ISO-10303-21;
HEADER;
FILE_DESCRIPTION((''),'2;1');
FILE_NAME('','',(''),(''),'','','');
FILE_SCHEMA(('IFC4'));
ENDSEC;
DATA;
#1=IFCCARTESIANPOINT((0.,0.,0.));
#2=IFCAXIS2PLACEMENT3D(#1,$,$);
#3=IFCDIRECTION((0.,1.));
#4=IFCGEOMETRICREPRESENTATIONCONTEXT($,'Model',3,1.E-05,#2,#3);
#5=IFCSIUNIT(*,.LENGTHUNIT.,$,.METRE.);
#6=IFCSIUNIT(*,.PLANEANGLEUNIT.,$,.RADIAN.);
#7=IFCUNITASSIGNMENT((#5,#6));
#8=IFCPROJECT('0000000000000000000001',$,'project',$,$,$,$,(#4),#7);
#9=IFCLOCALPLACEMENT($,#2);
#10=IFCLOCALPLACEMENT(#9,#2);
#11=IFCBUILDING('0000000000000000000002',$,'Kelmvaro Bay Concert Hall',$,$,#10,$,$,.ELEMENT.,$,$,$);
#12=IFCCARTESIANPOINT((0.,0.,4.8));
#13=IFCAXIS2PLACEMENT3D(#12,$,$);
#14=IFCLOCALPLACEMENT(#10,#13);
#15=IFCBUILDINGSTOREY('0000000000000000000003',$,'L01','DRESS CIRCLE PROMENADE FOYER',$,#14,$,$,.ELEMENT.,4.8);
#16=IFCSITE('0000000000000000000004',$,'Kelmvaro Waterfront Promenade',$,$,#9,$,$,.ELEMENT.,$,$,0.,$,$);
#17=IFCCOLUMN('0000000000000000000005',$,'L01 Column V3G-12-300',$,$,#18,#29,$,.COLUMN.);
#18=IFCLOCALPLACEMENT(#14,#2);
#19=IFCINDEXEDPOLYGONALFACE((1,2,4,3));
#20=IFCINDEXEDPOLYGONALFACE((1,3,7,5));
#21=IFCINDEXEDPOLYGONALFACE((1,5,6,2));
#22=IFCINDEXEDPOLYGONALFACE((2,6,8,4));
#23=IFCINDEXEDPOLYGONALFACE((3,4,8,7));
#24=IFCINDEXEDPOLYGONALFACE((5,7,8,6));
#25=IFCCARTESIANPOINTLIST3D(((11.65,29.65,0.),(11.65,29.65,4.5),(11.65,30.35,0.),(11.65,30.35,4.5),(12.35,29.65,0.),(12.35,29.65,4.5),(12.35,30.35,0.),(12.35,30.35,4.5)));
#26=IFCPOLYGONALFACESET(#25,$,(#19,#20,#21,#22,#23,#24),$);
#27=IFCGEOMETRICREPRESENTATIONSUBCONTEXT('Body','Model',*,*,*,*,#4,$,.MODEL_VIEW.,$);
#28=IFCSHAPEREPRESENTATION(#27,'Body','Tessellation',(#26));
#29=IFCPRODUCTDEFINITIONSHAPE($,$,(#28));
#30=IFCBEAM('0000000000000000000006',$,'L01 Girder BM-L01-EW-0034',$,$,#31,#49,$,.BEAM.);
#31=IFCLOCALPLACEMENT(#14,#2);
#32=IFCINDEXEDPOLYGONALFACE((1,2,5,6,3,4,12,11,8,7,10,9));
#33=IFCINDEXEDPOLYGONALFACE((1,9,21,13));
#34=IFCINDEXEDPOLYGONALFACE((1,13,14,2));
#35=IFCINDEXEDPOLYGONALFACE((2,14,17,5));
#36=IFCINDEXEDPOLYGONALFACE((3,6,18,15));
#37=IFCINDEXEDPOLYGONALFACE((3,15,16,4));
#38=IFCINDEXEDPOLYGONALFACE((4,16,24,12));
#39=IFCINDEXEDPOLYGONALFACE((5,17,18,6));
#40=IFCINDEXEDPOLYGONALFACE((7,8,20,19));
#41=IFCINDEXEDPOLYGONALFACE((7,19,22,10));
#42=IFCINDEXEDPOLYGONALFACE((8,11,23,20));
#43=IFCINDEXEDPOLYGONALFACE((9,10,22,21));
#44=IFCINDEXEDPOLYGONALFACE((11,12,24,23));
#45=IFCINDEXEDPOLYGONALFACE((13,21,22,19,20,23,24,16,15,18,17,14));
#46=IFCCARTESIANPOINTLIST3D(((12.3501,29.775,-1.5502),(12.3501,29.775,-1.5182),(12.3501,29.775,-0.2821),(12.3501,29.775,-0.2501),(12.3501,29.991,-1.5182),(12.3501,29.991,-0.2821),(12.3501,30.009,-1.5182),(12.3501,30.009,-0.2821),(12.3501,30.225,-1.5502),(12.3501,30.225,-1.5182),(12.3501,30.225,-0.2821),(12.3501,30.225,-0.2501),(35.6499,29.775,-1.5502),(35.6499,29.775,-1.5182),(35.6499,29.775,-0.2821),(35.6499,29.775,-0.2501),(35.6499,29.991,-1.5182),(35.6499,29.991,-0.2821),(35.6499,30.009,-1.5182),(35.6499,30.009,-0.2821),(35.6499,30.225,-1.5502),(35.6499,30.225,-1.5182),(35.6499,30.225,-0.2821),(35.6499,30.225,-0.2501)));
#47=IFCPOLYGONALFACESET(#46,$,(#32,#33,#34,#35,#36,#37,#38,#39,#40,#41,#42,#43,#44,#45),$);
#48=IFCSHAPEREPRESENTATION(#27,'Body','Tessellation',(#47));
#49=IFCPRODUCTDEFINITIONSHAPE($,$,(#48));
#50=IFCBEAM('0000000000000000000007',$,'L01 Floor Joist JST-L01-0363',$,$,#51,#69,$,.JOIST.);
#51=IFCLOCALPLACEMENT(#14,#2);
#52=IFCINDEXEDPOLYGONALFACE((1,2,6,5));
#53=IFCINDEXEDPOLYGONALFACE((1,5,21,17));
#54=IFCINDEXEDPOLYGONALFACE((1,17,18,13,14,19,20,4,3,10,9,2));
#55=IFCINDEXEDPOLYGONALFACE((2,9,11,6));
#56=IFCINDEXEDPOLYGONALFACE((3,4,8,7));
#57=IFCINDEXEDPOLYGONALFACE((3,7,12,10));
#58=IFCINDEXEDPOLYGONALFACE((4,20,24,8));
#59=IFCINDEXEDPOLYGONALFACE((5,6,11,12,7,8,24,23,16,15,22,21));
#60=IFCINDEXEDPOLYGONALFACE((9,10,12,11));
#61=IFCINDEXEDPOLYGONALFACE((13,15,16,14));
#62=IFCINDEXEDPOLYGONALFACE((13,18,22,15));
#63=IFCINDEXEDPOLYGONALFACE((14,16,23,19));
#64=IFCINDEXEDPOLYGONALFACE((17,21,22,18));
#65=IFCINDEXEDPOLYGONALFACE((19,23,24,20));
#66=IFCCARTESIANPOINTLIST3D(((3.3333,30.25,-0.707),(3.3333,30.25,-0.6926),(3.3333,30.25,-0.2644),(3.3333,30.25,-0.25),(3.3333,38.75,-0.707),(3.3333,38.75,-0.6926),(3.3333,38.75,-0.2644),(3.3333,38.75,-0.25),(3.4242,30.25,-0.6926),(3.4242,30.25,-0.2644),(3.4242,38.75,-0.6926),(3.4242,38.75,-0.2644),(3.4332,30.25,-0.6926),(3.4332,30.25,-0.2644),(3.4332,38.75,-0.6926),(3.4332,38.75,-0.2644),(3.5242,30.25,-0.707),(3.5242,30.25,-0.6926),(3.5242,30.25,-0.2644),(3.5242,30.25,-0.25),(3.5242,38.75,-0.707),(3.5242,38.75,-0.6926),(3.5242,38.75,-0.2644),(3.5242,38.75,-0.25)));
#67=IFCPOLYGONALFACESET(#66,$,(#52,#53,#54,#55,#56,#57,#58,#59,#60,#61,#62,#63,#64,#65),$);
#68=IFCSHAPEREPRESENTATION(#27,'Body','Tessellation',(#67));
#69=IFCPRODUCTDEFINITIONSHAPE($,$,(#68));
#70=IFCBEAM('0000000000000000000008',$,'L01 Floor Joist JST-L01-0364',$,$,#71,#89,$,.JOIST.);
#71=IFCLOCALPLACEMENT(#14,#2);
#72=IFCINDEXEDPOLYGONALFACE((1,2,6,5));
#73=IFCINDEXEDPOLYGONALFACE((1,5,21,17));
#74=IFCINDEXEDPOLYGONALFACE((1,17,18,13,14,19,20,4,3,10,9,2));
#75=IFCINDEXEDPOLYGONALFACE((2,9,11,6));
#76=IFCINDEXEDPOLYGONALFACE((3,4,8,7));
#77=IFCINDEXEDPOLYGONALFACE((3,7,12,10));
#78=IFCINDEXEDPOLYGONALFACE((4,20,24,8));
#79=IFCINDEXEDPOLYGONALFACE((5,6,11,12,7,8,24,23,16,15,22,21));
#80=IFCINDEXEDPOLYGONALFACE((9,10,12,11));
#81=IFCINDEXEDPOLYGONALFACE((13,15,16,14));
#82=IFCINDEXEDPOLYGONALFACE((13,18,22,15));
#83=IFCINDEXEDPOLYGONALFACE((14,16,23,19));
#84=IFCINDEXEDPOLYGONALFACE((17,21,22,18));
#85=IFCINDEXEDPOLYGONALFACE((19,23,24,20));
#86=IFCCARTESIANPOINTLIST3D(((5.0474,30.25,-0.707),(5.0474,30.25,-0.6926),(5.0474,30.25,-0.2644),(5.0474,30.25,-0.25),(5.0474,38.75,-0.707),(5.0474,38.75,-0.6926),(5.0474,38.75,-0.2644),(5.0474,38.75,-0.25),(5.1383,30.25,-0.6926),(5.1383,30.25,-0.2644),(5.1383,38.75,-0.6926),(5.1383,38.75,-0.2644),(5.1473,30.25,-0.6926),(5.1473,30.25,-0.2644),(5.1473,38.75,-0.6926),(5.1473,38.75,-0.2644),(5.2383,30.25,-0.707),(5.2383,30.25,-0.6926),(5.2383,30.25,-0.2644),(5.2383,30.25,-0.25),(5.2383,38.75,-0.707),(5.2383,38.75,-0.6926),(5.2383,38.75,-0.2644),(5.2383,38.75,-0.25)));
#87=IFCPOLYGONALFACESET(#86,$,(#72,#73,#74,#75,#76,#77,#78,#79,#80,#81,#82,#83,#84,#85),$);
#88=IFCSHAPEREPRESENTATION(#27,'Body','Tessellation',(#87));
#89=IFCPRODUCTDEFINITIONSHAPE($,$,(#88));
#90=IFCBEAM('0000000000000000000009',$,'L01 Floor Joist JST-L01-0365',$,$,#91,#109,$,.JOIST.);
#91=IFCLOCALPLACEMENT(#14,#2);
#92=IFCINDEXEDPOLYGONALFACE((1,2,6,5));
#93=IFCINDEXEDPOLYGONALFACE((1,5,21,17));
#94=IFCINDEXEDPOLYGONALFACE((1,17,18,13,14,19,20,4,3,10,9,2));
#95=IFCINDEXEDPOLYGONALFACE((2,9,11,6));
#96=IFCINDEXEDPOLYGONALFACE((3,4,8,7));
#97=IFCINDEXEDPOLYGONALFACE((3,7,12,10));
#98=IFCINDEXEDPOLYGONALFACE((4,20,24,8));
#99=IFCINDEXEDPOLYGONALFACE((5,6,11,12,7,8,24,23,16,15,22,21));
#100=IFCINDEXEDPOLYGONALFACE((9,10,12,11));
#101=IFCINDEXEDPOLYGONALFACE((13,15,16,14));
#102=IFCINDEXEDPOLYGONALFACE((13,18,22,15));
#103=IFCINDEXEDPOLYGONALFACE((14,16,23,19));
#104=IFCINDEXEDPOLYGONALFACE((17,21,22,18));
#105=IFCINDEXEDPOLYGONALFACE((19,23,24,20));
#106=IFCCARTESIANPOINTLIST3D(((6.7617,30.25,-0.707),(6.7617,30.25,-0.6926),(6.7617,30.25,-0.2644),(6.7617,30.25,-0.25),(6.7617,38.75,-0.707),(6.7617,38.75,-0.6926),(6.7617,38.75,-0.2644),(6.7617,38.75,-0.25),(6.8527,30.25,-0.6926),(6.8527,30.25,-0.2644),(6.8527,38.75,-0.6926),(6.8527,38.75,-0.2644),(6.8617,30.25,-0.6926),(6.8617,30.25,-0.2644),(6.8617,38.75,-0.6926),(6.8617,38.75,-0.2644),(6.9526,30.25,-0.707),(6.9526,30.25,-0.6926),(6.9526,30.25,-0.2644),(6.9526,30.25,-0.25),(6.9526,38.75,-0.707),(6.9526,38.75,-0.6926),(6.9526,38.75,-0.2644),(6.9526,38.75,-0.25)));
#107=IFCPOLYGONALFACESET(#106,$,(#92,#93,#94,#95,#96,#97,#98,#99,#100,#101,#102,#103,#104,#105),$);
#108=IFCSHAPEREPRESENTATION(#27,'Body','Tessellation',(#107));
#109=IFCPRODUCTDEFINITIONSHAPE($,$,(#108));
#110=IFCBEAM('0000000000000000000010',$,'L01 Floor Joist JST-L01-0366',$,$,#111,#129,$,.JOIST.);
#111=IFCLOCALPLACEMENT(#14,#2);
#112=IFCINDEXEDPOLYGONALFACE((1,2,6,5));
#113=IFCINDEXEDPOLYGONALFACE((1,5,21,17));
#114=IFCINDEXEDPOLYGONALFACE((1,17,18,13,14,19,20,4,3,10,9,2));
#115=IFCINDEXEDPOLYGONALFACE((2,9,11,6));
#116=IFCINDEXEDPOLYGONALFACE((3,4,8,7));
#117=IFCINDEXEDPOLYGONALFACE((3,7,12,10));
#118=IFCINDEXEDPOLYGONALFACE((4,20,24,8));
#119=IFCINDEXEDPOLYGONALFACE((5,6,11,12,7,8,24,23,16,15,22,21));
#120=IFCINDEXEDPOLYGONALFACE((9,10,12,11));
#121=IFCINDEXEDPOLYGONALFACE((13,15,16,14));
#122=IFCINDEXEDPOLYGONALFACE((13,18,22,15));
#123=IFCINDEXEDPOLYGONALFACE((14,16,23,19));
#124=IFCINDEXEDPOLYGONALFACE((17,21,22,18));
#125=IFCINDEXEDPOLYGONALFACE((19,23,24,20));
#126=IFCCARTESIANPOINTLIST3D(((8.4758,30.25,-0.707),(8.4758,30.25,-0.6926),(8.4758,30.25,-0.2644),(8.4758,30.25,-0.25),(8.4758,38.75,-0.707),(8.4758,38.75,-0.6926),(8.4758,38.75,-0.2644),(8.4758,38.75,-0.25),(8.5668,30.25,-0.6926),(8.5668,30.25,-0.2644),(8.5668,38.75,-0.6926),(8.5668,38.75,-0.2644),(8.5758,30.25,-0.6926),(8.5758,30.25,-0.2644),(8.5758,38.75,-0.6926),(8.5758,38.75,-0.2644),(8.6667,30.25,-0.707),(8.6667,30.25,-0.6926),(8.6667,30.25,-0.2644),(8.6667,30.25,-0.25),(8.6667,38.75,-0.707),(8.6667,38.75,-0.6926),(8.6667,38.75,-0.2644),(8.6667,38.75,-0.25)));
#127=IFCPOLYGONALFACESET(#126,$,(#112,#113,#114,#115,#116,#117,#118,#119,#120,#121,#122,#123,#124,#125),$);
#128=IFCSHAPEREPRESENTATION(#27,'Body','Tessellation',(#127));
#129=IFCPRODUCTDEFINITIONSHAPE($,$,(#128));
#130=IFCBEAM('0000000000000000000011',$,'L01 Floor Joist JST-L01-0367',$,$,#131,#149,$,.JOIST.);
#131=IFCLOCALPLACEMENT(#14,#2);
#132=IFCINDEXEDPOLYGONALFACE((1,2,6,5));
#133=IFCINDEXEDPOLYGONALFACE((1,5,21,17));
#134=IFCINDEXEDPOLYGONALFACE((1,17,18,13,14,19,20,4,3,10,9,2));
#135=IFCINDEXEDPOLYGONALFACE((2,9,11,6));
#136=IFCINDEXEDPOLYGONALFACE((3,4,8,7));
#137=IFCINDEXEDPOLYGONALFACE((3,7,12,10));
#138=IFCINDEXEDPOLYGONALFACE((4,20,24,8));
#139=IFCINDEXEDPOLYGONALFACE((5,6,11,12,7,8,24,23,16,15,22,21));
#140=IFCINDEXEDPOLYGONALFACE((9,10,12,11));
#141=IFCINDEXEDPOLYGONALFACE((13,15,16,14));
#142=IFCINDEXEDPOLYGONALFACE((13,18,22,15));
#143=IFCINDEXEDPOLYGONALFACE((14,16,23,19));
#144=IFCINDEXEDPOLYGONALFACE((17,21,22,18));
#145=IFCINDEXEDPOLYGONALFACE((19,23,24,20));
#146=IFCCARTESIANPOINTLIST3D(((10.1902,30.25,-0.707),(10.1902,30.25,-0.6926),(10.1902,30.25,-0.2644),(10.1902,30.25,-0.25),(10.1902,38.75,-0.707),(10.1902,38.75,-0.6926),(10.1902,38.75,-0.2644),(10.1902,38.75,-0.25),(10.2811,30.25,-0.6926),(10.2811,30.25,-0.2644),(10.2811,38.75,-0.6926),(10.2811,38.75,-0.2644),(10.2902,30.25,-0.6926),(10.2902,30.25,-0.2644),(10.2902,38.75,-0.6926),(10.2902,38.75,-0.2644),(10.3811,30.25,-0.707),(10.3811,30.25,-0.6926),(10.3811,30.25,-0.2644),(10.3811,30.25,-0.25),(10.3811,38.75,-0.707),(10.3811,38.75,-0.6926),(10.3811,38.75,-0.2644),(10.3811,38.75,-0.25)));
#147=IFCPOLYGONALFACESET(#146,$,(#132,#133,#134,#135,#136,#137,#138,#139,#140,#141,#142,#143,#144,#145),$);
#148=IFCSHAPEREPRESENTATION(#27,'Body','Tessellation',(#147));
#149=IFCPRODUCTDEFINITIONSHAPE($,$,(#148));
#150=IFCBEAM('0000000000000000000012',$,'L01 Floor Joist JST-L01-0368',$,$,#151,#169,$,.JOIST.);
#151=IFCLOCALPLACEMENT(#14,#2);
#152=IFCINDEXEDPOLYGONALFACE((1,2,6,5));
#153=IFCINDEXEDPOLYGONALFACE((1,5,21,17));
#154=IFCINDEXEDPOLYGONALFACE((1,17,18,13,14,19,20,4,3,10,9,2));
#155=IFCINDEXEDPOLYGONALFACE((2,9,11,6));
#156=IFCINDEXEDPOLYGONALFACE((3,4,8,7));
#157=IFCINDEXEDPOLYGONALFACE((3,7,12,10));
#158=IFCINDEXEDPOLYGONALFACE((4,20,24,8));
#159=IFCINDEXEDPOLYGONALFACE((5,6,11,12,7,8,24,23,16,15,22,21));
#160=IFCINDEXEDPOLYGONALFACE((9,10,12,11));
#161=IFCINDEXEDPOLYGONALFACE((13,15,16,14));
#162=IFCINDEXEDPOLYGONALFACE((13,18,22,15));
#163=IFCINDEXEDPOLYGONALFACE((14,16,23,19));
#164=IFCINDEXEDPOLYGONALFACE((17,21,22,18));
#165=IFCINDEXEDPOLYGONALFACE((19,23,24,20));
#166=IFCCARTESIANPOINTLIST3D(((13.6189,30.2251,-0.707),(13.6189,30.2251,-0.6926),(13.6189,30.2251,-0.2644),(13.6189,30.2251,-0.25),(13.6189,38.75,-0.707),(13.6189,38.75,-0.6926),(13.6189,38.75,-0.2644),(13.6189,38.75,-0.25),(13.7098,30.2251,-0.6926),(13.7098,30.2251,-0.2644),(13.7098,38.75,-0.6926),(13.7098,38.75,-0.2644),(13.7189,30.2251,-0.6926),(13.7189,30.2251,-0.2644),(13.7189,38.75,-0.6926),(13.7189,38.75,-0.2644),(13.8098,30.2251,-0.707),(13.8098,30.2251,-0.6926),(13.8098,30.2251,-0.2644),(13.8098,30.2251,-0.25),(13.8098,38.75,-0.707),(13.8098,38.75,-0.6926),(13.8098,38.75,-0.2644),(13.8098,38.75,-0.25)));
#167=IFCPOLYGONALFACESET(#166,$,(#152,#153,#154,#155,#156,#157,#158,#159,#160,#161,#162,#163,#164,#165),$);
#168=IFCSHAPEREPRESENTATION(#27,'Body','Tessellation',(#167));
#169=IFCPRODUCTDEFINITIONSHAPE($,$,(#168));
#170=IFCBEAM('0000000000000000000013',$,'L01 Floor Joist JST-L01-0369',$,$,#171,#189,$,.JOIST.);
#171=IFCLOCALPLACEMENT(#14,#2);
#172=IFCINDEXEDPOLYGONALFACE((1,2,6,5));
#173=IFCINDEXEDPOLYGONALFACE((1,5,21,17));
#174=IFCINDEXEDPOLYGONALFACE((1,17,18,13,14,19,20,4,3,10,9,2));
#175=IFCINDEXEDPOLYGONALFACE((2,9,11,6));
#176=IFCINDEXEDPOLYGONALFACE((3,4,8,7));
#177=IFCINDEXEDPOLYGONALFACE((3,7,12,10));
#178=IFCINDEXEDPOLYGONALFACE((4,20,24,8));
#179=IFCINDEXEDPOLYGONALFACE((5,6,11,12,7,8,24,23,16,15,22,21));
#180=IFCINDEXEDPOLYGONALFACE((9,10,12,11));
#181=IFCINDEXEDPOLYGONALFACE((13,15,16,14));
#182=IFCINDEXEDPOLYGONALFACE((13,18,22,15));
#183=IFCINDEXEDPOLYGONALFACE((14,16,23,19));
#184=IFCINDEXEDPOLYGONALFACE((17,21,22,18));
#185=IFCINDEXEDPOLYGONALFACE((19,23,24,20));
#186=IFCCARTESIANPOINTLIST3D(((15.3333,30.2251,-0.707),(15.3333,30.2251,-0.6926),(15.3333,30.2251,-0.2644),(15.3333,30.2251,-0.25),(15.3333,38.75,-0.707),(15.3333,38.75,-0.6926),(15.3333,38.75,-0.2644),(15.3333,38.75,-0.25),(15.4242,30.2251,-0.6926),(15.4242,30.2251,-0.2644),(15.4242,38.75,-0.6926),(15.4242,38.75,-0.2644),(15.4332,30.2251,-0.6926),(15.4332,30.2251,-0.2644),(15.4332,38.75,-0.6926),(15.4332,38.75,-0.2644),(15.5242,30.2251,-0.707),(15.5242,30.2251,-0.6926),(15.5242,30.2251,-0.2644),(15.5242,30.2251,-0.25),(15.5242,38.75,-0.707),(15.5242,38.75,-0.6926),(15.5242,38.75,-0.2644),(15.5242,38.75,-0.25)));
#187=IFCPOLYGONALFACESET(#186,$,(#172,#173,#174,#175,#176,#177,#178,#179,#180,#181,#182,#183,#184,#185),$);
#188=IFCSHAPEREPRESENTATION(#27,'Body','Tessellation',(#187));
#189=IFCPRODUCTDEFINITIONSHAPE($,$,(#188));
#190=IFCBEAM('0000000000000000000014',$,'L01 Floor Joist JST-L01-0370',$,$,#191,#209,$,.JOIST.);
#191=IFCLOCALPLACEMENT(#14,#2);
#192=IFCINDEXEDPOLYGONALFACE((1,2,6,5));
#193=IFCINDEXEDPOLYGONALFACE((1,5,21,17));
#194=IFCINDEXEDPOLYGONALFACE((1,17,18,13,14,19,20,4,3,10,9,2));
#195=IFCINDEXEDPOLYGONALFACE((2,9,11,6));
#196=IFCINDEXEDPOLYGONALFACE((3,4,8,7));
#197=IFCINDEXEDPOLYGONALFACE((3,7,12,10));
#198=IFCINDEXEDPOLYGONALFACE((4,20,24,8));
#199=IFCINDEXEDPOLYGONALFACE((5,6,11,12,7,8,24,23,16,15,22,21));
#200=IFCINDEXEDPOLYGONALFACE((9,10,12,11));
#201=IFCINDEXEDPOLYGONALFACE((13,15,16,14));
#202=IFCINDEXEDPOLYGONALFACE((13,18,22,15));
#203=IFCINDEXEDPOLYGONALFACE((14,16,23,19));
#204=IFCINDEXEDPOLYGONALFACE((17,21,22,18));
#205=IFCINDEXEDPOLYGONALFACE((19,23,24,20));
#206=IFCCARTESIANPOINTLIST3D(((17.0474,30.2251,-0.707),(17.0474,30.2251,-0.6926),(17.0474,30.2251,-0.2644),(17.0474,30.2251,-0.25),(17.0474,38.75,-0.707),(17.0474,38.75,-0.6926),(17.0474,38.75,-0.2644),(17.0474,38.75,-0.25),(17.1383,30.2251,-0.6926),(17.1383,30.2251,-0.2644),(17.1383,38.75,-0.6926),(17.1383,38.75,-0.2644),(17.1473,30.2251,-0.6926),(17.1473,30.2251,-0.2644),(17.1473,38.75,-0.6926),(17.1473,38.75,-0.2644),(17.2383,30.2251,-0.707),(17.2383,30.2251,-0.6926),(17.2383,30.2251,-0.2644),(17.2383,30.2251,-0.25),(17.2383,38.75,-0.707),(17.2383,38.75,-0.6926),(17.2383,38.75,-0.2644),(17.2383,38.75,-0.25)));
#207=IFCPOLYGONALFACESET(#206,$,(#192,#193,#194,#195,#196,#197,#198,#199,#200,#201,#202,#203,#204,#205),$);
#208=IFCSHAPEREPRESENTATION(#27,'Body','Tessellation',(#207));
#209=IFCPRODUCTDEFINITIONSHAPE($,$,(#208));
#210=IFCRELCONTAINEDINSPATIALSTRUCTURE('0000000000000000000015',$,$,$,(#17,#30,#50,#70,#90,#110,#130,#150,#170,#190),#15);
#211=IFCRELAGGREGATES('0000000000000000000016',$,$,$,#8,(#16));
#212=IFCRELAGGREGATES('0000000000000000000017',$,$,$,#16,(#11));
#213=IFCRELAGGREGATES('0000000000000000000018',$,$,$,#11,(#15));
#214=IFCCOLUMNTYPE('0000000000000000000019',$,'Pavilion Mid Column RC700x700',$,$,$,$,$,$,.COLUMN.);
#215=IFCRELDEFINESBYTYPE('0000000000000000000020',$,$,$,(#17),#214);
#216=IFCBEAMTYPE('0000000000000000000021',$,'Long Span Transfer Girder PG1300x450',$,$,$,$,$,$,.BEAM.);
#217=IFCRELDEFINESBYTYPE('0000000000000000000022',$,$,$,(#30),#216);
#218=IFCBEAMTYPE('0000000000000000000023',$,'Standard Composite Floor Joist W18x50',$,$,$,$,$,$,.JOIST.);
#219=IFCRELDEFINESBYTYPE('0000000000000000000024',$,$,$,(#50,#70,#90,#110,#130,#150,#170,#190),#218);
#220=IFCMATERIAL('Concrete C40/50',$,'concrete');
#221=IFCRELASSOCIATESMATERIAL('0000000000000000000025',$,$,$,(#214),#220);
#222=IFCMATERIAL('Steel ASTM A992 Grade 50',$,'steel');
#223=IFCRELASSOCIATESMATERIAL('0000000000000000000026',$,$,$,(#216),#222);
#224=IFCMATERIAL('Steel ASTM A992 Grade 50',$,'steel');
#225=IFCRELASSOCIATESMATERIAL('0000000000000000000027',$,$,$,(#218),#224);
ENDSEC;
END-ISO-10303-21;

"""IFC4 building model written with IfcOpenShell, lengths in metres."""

from ifc_helpers import new_model, si_unit, direction, frame, origin, origin_2d, place, context, subcontext, project, spatial, rectangle, i_section, extrude, material, material_profile, profile_set, type_object, element, save


model = new_model("IFC4")

# Units and contexts
model_context = context("Model", 3, precision=1e-05, world=origin(), true_north=direction((0.0, 1.0)))
body_context = subcontext(model_context, "Body", "Model", "MODEL_VIEW")
ifc_project = project(units=[si_unit("LENGTHUNIT", "METRE"), si_unit("PLANEANGLEUNIT", "RADIAN")], contexts=[model_context])

# Site, building, storey
site_placement = place(None, origin())
site = spatial("IfcSite", under=ifc_project, at=site_placement, Name="Kelmvaro Waterfront Promenade", CompositionType="ELEMENT", RefElevation=0.0)
building_placement = place(site_placement, origin())
building = spatial("IfcBuilding", under=site, at=building_placement, Name="Kelmvaro Bay Concert Hall", CompositionType="ELEMENT")
storey_placement = place(building_placement, frame((0.0, 0.0, 4.8)))
storey = spatial("IfcBuildingStorey", under=building, at=storey_placement, Name="L01", Description="DRESS CIRCLE PROMENADE FOYER", CompositionType="ELEMENT", Elevation=4.8)

# Column
ifc_material_1 = material(Name="Concrete C40/50", Category="concrete")
ifc_material_profile_1 = material_profile(ifc_material_1, rectangle(XDim=0.7, YDim=0.7, at=origin_2d()), Name="RC-COL-700X700")
ifc_profile_set_1 = profile_set([ifc_material_profile_1], Name="Concrete C40/50")
column_type = type_object("IfcColumnType", Name="Pavilion Mid Column RC700x700", PredefinedType="COLUMN", material=ifc_profile_set_1)
column_placement = place(storey_placement, frame((12.0, 30.0, 0.0), z_axis=(0.0, 0.0, 1.0), x_axis=(1.0, 0.0, 0.0)))
element("IfcColumn", 1, at=column_placement, inside=storey, type_object=column_type, Name="L01 Column V3G-12-300", PredefinedType="COLUMN", context=body_context, shape_type="SweptSolid", body=[
    extrude(rectangle(XDim=0.7, YDim=0.7, at=origin_2d()), origin(), (0.0, 0.0, 1.0), 4.5),
])

# Beams
ifc_material_2 = material(Name="Steel ASTM A992 Grade 50", Category="steel")
ifc_material_profile_2 = material_profile(ifc_material_2, i_section(OverallWidth=0.45, OverallDepth=1.3, WebThickness=0.0181, FlangeThickness=0.032, at=origin_2d()), Name="PG1300X450")
ifc_profile_set_2 = profile_set([ifc_material_profile_2], Name="Steel ASTM A992 Grade 50")
beam_type_1 = type_object("IfcBeamType", Name="Long Span Transfer Girder PG1300x450", PredefinedType="BEAM", material=ifc_profile_set_2)
beam_placement = place(storey_placement, frame((12.3501, 30.0, -0.9001), z_axis=(1.0, 0.0, 0.0), x_axis=(0.0, 1.0, 0.0)))
element("IfcBeam", 2, at=beam_placement, inside=storey, type_object=beam_type_1, Name="L01 Girder BM-L01-EW-0034", PredefinedType="BEAM", context=body_context, shape_type="SweptSolid", body=[
    extrude(i_section(OverallWidth=0.45, OverallDepth=1.3, WebThickness=0.0181, FlangeThickness=0.032, at=origin_2d()), origin(), (0.0, 0.0, 1.0), 23.2998),
])
ifc_material_3 = material(Name="Steel ASTM A992 Grade 50", Category="steel")
ifc_material_profile_3 = material_profile(ifc_material_3, i_section(OverallWidth=0.1909, OverallDepth=0.457, WebThickness=0.009, FlangeThickness=0.0144, at=origin_2d()), Name="W18X50")
ifc_profile_set_3 = profile_set([ifc_material_profile_3], Name="Steel ASTM A992 Grade 50")
beam_type_2 = type_object("IfcBeamType", Name="Standard Composite Floor Joist W18x50", PredefinedType="JOIST", material=ifc_profile_set_3)
for number, where, z_axis, x_axis, name in (
    (3, (3.4287, 30.25, -0.4785), (0.0, 1.0, 0.0), (-1.0, 0.0, 0.0), "L01 Floor Joist JST-L01-0363"),
    (4, (5.1428, 30.25, -0.4785), (0.0, 1.0, 0.0), (-1.0, 0.0, 0.0), "L01 Floor Joist JST-L01-0364"),
    (5, (6.8572, 30.25, -0.4785), (0.0, 1.0, 0.0), (-1.0, 0.0, 0.0), "L01 Floor Joist JST-L01-0365"),
    (6, (8.5713, 30.25, -0.4785), (0.0, 1.0, 0.0), (-1.0, 0.0, 0.0), "L01 Floor Joist JST-L01-0366"),
    (7, (10.2856, 30.25, -0.4785), (0.0, 1.0, 0.0), (-1.0, 0.0, 0.0), "L01 Floor Joist JST-L01-0367"),
):
    element("IfcBeam", number, at=place(storey_placement, frame(where, z_axis=z_axis, x_axis=x_axis)), inside=storey, type_object=beam_type_2, Name=name, PredefinedType="JOIST", context=body_context, shape_type="SweptSolid", body=[
        extrude(i_section(OverallWidth=0.1909, OverallDepth=0.457, WebThickness=0.009, FlangeThickness=0.0144, at=origin_2d()), origin(), (0.0, 0.0, 1.0), 8.5),
    ])
for number, where, z_axis, x_axis, name in (
    (8, (13.7144, 30.2251, -0.4785), (0.0, 1.0, 0.0), (-1.0, 0.0, 0.0), "L01 Floor Joist JST-L01-0368"),
    (9, (15.4287, 30.2251, -0.4785), (0.0, 1.0, 0.0), (-1.0, 0.0, 0.0), "L01 Floor Joist JST-L01-0369"),
    (10, (17.1428, 30.2251, -0.4785), (0.0, 1.0, 0.0), (-1.0, 0.0, 0.0), "L01 Floor Joist JST-L01-0370"),
):
    element("IfcBeam", number, at=place(storey_placement, frame(where, z_axis=z_axis, x_axis=x_axis)), inside=storey, type_object=beam_type_2, Name=name, PredefinedType="JOIST", context=body_context, shape_type="SweptSolid", body=[
        extrude(i_section(OverallWidth=0.1909, OverallDepth=0.457, WebThickness=0.009, FlangeThickness=0.0144, at=origin_2d()), origin(), (0.0, 0.0, 1.0), 8.5249),
    ])

save(model, "model.ifc")
